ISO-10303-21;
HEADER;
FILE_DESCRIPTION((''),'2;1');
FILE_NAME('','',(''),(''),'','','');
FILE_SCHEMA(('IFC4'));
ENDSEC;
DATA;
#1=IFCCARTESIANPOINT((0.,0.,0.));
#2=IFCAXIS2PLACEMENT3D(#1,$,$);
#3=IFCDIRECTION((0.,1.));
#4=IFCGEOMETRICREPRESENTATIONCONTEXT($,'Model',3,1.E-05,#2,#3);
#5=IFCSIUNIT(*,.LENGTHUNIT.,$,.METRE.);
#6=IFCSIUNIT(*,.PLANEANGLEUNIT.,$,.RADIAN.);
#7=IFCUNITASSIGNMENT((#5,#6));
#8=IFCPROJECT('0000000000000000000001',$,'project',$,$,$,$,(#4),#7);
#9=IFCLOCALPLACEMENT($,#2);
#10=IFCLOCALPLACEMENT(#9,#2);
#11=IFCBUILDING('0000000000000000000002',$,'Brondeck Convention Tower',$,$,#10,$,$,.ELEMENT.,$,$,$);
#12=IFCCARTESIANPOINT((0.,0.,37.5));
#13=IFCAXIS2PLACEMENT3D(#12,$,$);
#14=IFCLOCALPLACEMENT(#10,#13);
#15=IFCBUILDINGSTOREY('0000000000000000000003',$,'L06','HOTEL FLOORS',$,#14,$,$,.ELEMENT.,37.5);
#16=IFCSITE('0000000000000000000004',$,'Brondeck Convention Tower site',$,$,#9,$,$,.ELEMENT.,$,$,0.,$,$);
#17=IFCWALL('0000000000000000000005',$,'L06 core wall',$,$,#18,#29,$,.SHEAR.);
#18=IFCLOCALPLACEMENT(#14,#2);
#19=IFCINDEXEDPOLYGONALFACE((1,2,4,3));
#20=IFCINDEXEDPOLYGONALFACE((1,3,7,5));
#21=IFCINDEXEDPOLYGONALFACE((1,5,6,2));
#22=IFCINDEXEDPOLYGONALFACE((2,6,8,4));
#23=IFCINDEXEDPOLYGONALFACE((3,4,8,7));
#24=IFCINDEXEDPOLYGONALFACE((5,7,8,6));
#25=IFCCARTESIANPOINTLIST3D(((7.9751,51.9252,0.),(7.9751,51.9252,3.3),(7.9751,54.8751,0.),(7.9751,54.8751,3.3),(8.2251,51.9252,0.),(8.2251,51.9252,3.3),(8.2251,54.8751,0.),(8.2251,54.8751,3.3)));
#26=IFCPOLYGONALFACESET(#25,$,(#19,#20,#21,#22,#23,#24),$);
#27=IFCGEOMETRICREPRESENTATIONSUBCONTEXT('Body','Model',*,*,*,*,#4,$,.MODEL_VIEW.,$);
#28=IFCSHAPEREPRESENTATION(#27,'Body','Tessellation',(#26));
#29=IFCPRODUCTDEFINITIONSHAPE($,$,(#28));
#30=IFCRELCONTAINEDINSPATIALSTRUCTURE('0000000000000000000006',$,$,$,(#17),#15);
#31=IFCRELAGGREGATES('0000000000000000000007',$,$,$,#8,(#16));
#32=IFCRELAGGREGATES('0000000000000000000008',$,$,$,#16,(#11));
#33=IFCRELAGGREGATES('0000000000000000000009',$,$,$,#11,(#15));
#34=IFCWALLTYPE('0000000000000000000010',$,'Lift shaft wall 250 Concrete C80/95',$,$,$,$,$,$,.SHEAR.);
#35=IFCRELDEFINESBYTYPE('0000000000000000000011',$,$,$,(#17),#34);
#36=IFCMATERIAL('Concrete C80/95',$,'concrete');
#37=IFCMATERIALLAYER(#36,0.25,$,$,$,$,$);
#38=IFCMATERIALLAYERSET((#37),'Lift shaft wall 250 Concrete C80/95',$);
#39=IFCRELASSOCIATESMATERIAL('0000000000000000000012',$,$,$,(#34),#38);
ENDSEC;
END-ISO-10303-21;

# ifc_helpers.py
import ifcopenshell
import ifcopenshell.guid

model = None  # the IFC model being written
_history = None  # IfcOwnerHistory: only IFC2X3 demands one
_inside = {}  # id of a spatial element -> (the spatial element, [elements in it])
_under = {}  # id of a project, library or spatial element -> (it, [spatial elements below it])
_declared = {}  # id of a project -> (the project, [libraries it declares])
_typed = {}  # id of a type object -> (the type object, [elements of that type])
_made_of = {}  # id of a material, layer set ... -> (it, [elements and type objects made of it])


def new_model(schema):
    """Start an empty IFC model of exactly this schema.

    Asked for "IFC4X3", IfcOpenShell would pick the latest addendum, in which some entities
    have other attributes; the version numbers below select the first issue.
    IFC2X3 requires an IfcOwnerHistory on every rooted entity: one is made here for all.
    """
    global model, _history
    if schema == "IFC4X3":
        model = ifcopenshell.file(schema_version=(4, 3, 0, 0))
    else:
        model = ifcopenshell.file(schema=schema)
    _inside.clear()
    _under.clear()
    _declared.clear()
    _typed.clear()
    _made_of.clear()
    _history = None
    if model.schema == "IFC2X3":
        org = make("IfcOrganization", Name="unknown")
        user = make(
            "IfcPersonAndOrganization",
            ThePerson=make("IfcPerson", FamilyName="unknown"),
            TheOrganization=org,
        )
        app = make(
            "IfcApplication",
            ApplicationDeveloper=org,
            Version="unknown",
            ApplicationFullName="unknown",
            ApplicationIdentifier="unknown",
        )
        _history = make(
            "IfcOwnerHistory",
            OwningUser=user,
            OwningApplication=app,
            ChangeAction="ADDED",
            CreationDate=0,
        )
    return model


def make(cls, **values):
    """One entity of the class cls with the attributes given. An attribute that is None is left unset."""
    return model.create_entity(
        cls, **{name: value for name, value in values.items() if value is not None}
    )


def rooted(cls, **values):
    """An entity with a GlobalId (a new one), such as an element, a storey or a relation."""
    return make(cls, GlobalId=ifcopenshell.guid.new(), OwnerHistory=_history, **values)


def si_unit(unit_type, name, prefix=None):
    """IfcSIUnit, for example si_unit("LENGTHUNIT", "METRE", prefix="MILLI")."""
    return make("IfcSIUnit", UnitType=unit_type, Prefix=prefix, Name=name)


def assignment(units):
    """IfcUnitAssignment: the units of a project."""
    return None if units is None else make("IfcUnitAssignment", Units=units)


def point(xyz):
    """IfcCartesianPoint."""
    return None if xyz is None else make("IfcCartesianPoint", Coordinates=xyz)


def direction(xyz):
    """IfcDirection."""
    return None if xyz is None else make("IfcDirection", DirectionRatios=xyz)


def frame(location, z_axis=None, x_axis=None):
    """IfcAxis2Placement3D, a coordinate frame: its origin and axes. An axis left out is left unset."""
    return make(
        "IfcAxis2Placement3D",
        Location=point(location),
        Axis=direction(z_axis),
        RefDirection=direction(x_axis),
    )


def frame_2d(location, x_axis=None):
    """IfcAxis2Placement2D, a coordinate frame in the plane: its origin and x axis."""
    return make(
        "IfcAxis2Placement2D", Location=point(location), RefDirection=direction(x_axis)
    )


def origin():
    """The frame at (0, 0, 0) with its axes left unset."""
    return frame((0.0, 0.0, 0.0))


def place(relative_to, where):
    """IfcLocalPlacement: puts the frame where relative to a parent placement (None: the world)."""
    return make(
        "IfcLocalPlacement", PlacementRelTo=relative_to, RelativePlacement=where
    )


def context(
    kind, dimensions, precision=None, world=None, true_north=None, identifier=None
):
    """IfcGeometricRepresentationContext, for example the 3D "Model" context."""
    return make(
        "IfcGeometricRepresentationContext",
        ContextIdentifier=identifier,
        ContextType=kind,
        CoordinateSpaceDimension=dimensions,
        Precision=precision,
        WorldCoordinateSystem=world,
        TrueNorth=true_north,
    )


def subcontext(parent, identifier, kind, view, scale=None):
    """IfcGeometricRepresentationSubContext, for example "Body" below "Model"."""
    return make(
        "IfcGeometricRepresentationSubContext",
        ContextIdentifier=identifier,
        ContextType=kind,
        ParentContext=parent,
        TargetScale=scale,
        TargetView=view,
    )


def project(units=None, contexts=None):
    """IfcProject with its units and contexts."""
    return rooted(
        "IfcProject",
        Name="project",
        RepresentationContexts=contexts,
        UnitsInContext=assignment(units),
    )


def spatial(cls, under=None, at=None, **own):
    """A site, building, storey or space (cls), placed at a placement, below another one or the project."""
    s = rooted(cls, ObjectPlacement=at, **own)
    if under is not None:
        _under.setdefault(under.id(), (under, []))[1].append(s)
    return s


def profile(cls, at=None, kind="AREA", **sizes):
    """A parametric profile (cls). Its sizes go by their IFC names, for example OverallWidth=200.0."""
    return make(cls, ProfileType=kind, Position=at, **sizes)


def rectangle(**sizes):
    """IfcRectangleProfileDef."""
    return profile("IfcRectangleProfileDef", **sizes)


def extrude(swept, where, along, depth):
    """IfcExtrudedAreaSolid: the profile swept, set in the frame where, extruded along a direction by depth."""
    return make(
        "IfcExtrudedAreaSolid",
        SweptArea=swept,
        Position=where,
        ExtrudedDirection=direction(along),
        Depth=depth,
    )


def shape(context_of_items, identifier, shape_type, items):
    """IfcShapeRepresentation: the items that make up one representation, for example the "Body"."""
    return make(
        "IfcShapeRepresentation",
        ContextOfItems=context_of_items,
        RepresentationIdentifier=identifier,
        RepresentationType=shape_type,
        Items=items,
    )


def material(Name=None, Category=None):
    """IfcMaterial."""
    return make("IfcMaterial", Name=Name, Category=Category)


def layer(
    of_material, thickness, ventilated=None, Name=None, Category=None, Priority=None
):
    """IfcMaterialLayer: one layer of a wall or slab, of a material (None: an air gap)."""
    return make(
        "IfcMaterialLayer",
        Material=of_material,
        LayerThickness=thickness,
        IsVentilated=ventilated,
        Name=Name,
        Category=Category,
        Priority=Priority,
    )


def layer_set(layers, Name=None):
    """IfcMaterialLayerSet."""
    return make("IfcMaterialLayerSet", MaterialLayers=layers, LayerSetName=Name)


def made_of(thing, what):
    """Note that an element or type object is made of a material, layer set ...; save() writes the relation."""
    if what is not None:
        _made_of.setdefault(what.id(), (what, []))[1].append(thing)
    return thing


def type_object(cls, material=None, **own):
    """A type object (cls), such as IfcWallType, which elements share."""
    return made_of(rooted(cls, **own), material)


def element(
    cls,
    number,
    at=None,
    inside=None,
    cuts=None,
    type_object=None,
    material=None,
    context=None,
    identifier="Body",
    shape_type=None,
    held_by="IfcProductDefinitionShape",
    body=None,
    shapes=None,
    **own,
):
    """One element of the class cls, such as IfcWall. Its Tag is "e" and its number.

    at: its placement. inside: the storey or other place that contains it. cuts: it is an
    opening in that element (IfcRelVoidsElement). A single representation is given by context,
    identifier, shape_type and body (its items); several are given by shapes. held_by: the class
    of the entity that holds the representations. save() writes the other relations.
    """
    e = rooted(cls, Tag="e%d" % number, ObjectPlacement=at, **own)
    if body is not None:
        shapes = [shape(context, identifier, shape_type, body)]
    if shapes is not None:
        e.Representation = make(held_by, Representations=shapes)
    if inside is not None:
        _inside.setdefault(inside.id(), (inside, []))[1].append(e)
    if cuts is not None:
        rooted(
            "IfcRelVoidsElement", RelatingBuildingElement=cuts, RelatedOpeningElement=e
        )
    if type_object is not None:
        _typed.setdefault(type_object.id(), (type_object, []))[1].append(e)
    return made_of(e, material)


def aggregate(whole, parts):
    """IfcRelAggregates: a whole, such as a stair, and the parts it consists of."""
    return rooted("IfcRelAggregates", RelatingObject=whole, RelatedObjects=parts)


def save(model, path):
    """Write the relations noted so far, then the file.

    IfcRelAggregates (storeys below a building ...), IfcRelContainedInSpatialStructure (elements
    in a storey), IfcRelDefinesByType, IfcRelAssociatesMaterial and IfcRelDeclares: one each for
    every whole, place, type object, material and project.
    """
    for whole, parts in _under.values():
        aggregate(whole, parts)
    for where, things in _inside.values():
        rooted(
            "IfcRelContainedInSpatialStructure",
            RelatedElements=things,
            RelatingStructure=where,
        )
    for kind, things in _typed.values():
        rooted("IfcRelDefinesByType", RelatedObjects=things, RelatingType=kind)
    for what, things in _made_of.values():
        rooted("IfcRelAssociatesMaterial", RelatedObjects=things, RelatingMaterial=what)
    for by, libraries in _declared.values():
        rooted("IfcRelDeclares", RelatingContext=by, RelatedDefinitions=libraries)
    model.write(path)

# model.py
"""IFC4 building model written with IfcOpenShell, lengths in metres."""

from ifc_helpers import new_model, si_unit, direction, frame, frame_2d, origin, place, context, subcontext, project, spatial, rectangle, extrude, material, layer, layer_set, type_object, element, save


model = new_model("IFC4")

# Units and contexts
model_context = context("Model", 3, precision=1e-05, world=origin(), true_north=direction((0.0, 1.0)))
body_context = subcontext(model_context, "Body", "Model", "MODEL_VIEW")
ifc_project = project(units=[si_unit("LENGTHUNIT", "METRE"), si_unit("PLANEANGLEUNIT", "RADIAN")], contexts=[model_context])

# Site, building, storey
site_placement = place(None, origin())
site = spatial("IfcSite", under=ifc_project, at=site_placement, Name="Brondeck Convention Tower site", CompositionType="ELEMENT", RefElevation=0.0)
building_placement = place(site_placement, origin())
building = spatial("IfcBuilding", under=site, at=building_placement, Name="Brondeck Convention Tower", CompositionType="ELEMENT")
storey_placement = place(building_placement, frame((0.0, 0.0, 37.5)))
storey = spatial("IfcBuildingStorey", under=building, at=storey_placement, Name="L06", Description="HOTEL FLOORS", CompositionType="ELEMENT", Elevation=37.5)

# Shared definitions
ifc_material_1 = material(Name="Concrete C80/95", Category="concrete")

# Wall
ifc_layer_1 = layer(ifc_material_1, 0.25)
ifc_layer_set_1 = layer_set([ifc_layer_1], Name="Lift shaft wall 250 Concrete C80/95")
wall_type_1 = type_object("IfcWallType", Name="Lift shaft wall 250 Concrete C80/95", PredefinedType="SHEAR", material=ifc_layer_set_1)
for number, where, z_axis, x_axis, name in (
    (1, (8.1001, 51.925, 0.0), (0.0, 0.0, 1.0), (0.0, 1.0, 0.0), "L06 core wall"),
):
    element("IfcWall", number, at=place(storey_placement, frame(where, z_axis=z_axis, x_axis=x_axis)), inside=storey, type_object=wall_type_1, Name=name, PredefinedType="SHEAR", context=body_context, shape_type="SweptSolid", body=[
        extrude(rectangle(XDim=2.95, YDim=0.25, at=frame_2d((1.4751, 0.0))), origin(), (0.0, 0.0, 1.0), 3.3),
    ])

save(model, "model.ifc")
